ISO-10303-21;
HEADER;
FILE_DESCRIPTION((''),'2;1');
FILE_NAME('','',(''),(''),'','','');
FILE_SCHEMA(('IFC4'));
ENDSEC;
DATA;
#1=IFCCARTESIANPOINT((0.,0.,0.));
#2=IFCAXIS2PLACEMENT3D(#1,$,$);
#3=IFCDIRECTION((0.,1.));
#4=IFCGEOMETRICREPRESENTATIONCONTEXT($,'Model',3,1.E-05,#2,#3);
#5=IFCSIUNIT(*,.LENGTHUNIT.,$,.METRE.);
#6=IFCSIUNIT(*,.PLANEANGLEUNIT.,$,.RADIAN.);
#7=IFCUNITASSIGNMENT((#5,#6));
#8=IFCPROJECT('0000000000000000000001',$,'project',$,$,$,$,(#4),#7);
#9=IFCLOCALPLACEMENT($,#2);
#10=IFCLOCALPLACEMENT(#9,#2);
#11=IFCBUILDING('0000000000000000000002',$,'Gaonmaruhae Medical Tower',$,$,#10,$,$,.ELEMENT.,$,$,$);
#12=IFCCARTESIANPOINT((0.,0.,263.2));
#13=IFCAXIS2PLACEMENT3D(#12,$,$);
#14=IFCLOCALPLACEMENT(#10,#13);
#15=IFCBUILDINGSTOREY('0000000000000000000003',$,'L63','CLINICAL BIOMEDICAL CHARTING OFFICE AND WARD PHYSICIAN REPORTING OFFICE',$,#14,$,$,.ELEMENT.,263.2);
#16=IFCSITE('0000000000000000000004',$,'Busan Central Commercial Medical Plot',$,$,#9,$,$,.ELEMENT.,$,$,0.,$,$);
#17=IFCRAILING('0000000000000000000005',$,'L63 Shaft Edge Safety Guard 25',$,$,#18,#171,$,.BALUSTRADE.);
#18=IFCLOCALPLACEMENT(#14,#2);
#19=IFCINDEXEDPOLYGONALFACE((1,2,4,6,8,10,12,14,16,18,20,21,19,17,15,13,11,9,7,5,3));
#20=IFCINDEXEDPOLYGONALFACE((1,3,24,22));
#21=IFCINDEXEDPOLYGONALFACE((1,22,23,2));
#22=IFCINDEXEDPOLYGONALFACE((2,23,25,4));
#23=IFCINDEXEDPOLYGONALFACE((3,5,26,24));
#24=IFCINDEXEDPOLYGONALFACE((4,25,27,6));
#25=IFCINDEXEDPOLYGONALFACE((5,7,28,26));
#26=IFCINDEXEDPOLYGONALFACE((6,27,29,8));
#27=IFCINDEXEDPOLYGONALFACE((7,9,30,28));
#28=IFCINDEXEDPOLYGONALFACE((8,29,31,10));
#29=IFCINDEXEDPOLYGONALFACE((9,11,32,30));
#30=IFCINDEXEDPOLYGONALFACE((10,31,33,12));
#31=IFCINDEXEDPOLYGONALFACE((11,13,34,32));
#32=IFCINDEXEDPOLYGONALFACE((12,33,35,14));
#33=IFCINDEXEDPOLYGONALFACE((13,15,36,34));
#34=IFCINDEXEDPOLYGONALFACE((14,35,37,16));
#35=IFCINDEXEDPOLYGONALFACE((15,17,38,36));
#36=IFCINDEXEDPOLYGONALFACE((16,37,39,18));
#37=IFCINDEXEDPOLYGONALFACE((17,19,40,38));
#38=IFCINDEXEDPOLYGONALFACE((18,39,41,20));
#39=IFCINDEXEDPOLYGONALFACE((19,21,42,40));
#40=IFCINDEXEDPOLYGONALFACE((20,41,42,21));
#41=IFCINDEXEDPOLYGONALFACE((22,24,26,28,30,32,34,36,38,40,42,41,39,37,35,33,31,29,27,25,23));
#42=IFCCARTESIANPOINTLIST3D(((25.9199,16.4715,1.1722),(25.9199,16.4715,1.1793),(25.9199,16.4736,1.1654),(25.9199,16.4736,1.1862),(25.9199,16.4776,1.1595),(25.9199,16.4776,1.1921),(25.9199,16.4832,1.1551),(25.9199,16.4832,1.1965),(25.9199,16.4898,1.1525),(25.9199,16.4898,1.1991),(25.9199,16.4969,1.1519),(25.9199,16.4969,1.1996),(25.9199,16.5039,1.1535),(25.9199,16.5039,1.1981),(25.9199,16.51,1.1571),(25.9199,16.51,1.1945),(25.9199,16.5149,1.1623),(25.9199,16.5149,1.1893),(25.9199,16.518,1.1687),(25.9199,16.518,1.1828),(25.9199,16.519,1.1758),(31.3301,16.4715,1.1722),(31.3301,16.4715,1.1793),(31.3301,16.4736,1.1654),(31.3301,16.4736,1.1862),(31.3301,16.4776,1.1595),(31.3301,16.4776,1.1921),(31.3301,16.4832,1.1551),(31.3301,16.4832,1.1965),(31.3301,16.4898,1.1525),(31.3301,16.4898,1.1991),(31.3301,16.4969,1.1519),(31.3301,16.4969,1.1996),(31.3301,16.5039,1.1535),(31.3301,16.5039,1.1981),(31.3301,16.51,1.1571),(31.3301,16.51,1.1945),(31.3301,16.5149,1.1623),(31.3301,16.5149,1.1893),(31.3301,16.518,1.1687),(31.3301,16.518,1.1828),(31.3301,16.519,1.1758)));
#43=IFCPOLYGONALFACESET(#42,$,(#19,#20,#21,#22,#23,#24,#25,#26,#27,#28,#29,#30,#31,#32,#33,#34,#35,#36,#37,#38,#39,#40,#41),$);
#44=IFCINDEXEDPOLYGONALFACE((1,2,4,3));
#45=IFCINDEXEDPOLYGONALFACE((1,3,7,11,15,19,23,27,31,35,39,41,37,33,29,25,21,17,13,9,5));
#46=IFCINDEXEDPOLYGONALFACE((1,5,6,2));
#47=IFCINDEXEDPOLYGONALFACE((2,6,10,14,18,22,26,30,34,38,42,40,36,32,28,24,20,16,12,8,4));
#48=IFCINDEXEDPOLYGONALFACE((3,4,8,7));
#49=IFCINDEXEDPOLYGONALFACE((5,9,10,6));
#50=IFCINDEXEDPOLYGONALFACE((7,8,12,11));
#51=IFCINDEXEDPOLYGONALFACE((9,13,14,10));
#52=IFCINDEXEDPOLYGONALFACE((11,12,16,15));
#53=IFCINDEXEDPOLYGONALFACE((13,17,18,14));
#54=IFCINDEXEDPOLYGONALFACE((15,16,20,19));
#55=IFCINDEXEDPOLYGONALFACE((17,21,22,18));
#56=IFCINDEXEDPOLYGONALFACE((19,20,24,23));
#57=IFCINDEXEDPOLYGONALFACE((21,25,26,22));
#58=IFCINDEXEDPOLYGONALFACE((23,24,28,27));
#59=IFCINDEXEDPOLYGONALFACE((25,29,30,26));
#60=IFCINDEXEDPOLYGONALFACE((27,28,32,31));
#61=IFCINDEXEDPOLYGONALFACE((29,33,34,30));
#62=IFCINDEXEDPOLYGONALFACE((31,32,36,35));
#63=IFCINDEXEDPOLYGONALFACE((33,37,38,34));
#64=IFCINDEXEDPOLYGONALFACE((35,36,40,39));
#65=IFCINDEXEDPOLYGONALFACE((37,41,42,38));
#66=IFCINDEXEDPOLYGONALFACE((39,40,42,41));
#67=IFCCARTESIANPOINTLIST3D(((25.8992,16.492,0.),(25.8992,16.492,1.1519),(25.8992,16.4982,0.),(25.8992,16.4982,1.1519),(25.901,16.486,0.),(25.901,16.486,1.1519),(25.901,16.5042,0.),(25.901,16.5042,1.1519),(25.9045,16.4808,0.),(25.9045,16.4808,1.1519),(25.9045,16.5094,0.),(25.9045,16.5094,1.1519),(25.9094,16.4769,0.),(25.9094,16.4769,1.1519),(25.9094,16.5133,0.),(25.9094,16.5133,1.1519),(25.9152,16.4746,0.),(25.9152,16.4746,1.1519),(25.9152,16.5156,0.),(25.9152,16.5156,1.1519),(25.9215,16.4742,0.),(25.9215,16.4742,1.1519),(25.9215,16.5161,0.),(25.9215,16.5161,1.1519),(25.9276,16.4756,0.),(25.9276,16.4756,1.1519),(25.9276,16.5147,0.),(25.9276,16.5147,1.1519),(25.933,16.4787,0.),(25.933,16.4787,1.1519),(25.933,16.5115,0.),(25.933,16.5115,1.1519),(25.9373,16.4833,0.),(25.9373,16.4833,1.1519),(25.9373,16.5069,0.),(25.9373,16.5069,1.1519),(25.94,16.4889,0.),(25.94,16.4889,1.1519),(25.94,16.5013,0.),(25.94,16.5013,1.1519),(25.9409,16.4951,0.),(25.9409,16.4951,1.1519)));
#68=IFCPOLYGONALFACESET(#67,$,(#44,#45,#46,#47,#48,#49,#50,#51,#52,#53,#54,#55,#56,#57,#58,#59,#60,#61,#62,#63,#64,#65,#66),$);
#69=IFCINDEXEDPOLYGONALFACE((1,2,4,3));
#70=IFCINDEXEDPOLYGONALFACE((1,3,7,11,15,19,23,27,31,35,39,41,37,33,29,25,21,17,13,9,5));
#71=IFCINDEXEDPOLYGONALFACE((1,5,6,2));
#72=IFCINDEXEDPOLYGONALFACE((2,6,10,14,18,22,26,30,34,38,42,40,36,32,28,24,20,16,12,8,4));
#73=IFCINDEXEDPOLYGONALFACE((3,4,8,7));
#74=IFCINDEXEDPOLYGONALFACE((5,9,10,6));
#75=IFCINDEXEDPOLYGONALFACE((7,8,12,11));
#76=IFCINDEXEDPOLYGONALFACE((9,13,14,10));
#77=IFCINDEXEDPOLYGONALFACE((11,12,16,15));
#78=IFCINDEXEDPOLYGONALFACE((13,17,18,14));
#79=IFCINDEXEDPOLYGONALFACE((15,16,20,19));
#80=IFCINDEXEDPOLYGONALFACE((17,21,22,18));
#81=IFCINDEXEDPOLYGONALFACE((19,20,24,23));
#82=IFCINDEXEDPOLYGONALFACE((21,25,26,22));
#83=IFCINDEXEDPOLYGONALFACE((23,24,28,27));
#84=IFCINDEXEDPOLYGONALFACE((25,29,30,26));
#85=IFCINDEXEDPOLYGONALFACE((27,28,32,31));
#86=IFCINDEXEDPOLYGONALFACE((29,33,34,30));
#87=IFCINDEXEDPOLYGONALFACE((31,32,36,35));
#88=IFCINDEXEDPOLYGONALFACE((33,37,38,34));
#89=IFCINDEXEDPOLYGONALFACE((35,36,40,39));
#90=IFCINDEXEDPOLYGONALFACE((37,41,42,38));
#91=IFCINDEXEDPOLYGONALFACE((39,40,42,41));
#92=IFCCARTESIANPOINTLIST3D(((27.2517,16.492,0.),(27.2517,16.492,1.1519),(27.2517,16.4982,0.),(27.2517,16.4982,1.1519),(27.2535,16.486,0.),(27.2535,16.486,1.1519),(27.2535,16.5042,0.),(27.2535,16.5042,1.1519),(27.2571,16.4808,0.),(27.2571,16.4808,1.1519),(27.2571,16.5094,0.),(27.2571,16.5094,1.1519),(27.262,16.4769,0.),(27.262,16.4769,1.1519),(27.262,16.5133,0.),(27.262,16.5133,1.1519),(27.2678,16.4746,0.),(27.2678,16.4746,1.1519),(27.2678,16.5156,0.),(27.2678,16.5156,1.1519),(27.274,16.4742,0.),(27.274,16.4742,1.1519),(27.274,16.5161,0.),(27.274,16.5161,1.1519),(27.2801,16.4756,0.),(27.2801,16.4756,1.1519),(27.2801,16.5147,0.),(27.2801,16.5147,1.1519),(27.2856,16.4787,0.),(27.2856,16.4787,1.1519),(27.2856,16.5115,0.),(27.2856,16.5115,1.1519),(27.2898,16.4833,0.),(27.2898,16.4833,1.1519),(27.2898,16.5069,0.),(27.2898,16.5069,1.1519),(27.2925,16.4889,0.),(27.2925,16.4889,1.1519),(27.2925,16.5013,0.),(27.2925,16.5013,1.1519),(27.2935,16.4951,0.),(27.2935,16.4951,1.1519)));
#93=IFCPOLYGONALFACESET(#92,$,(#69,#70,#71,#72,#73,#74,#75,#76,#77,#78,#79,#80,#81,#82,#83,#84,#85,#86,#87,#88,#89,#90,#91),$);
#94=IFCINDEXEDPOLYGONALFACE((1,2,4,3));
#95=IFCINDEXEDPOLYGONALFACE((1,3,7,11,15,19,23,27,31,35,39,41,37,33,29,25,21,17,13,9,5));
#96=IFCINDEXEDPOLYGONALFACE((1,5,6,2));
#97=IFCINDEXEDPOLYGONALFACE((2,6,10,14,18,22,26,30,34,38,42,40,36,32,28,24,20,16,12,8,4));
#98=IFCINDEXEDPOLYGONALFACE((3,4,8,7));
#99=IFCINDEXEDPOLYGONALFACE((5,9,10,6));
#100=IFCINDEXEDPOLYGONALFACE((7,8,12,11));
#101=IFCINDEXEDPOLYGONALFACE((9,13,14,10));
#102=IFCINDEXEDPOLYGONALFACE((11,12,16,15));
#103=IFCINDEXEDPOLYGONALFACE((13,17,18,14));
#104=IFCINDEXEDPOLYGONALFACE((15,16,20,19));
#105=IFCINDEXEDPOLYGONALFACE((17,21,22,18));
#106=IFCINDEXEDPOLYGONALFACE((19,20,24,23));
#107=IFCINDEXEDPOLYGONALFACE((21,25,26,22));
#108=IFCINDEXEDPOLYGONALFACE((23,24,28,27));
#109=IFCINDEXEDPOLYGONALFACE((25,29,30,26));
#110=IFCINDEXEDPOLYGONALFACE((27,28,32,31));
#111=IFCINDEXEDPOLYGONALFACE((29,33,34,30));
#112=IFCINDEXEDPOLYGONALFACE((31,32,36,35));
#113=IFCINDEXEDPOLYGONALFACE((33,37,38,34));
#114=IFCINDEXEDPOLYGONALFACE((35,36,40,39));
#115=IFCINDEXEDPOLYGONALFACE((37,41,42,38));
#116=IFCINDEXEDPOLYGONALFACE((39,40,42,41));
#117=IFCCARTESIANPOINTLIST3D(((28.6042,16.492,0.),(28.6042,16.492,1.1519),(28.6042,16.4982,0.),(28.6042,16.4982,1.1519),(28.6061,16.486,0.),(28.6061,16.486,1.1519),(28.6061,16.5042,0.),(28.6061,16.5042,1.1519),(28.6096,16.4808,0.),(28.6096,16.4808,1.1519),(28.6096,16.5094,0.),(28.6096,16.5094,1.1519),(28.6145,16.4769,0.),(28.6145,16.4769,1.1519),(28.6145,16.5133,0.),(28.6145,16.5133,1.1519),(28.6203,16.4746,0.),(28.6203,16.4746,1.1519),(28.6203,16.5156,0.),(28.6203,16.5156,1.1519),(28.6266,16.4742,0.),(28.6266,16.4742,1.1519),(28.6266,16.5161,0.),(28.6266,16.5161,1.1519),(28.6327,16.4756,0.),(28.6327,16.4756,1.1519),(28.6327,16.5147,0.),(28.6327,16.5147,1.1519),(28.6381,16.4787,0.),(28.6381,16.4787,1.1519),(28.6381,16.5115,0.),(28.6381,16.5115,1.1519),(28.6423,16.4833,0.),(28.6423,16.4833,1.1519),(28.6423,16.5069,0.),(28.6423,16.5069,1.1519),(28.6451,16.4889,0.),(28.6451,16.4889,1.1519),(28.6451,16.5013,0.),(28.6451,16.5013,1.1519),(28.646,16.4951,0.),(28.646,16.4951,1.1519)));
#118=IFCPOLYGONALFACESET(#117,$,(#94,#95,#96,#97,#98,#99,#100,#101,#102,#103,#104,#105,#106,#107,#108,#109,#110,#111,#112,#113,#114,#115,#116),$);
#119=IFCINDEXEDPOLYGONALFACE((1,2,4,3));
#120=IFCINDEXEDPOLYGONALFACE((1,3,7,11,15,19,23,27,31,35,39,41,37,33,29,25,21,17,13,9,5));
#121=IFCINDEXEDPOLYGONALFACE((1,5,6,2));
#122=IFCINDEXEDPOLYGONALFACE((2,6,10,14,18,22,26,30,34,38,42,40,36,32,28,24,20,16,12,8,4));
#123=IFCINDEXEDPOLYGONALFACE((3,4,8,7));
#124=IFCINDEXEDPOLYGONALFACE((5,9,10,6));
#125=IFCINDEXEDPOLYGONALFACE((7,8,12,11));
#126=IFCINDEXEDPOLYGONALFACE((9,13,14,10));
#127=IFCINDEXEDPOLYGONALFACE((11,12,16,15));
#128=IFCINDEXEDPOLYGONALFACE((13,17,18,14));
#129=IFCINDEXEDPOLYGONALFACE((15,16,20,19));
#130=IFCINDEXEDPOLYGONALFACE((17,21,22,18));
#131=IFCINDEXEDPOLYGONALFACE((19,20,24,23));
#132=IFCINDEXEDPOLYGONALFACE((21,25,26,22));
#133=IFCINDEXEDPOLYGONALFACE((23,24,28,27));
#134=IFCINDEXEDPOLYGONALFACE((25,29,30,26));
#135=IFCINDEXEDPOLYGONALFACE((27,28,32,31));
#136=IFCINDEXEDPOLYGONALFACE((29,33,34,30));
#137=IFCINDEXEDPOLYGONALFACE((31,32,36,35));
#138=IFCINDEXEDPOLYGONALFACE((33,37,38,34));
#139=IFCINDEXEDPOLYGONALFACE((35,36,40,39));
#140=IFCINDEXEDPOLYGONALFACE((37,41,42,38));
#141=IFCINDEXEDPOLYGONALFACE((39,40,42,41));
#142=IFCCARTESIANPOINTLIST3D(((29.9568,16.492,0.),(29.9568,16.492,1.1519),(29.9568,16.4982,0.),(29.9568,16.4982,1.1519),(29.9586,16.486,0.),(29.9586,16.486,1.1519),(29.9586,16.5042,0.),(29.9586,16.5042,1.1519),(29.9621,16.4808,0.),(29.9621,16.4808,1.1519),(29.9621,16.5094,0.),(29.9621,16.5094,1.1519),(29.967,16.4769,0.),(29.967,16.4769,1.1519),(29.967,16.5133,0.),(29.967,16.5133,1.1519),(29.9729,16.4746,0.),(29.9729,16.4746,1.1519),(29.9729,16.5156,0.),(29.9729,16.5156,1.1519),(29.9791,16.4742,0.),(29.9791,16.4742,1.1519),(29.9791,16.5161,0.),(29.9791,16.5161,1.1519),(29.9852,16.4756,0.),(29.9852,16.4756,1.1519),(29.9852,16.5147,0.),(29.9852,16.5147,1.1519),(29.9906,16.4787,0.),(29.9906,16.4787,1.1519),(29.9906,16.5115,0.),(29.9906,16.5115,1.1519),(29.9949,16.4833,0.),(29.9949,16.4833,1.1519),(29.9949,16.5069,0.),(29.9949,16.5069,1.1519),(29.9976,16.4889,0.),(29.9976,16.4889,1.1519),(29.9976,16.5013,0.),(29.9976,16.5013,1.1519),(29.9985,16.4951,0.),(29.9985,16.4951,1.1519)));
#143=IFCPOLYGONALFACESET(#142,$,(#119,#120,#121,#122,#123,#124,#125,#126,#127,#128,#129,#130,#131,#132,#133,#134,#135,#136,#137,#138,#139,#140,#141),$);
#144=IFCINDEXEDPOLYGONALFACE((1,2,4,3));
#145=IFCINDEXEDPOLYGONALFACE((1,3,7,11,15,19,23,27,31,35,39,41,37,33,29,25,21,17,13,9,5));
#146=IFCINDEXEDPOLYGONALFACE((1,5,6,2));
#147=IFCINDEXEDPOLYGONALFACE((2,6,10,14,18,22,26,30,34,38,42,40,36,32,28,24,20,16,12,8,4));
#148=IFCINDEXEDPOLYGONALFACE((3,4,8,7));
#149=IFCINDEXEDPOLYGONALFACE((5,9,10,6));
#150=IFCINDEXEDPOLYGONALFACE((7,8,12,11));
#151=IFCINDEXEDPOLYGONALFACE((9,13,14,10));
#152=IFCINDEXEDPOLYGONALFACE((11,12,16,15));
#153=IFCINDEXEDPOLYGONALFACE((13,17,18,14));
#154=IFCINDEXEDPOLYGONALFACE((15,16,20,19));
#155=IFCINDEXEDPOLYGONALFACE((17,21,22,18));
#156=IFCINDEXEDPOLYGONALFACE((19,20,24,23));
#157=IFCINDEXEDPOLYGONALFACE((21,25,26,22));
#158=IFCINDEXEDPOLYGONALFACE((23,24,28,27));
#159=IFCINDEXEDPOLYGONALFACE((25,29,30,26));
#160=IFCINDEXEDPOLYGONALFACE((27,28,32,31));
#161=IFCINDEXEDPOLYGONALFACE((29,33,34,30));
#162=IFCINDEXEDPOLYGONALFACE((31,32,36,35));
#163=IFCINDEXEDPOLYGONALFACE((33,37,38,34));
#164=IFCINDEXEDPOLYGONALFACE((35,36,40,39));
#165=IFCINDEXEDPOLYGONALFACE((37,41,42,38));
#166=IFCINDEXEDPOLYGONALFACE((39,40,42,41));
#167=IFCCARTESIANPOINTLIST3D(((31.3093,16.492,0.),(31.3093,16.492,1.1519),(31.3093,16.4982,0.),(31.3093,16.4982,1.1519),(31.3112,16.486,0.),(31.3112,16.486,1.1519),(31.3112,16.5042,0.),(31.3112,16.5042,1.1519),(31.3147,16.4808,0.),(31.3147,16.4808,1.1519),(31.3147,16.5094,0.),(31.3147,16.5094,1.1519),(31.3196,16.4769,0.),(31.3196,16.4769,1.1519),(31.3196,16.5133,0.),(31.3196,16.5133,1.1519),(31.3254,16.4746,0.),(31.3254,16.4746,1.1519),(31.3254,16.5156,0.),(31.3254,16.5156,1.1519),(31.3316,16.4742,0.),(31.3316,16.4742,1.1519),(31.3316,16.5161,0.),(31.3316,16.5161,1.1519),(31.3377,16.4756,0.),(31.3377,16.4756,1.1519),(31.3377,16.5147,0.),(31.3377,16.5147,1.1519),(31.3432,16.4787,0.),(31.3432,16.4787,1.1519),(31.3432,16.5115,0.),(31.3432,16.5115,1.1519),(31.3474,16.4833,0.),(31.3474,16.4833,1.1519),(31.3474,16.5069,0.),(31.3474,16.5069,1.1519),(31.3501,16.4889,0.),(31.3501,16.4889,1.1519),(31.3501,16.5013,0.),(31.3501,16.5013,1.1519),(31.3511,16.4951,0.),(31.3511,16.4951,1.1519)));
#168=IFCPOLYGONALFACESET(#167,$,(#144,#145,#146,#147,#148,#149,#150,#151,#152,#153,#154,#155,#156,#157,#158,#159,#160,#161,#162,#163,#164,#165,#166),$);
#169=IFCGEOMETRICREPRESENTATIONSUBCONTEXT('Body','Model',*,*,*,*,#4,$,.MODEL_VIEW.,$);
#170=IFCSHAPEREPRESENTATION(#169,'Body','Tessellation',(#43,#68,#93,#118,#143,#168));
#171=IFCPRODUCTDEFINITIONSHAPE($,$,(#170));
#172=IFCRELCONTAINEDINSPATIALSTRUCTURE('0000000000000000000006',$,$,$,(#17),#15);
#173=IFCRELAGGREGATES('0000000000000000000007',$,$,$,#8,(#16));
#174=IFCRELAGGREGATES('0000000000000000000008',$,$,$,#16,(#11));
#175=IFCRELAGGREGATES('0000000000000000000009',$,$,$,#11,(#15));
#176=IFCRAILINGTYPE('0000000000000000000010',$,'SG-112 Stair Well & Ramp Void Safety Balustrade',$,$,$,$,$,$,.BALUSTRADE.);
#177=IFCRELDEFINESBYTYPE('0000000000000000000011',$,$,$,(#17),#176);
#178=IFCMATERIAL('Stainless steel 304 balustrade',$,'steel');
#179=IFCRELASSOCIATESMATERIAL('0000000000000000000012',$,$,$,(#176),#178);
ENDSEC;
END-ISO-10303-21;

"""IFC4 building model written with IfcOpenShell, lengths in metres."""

from ifc_helpers import new_model, si_unit, direction, frame, origin, origin_2d, place, context, subcontext, project, spatial, circle, extrude, material, type_object, element, save


model = new_model("IFC4")

# Units and contexts
model_context = context("Model", 3, precision=1e-05, world=origin(), true_north=direction((0.0, 1.0)))
body_context = subcontext(model_context, "Body", "Model", "MODEL_VIEW")
ifc_project = project(units=[si_unit("LENGTHUNIT", "METRE"), si_unit("PLANEANGLEUNIT", "RADIAN")], contexts=[model_context])

# Site, building, storey
site_placement = place(None, origin())
site = spatial("IfcSite", under=ifc_project, at=site_placement, Name="Busan Central Commercial Medical Plot", CompositionType="ELEMENT", RefElevation=0.0)
building_placement = place(site_placement, origin())
building = spatial("IfcBuilding", under=site, at=building_placement, Name="Gaonmaruhae Medical Tower", CompositionType="ELEMENT")
storey_placement = place(building_placement, frame((0.0, 0.0, 263.2)))
storey = spatial("IfcBuildingStorey", under=building, at=storey_placement, Name="L63", Description="CLINICAL BIOMEDICAL CHARTING OFFICE AND WARD PHYSICIAN REPORTING OFFICE", CompositionType="ELEMENT", Elevation=263.2)

# Railing
ifc_material_1 = material(Name="Stainless steel 304 balustrade", Category="steel")
railing_type = type_object("IfcRailingType", Name="SG-112 Stair Well & Ramp Void Safety Balustrade", PredefinedType="BALUSTRADE", material=ifc_material_1)
railing_1_placement = place(storey_placement, frame((25.9199, 16.4951, 0.0)))
element("IfcRailing", 1, at=railing_1_placement, inside=storey, type_object=railing_type, Name="L63 Shaft Edge Safety Guard 25", PredefinedType="BALUSTRADE", context=body_context, shape_type="SweptSolid", body=[
    extrude(circle(Radius=0.0239, at=origin_2d()), frame((0.0, 0.0, 1.1758), z_axis=(1.0, 0.0, 0.0), x_axis=(0.0, 1.0, 0.0)), (0.0, 0.0, 1.0), 5.4102),
    extrude(circle(Radius=0.021, at=origin_2d()), origin(), (0.0, 0.0, 1.0), 1.1519),
    extrude(circle(Radius=0.021, at=origin_2d()), frame((1.3525, 0.0, 0.0)), (0.0, 0.0, 1.0), 1.1519),
    extrude(circle(Radius=0.021, at=origin_2d()), frame((2.7051, 0.0, 0.0)), (0.0, 0.0, 1.0), 1.1519),
    extrude(circle(Radius=0.021, at=origin_2d()), frame((4.0576, 0.0, 0.0)), (0.0, 0.0, 1.0), 1.1519),
    extrude(circle(Radius=0.021, at=origin_2d()), frame((5.4102, 0.0, 0.0)), (0.0, 0.0, 1.0), 1.1519),
])

save(model, "model.ifc")
